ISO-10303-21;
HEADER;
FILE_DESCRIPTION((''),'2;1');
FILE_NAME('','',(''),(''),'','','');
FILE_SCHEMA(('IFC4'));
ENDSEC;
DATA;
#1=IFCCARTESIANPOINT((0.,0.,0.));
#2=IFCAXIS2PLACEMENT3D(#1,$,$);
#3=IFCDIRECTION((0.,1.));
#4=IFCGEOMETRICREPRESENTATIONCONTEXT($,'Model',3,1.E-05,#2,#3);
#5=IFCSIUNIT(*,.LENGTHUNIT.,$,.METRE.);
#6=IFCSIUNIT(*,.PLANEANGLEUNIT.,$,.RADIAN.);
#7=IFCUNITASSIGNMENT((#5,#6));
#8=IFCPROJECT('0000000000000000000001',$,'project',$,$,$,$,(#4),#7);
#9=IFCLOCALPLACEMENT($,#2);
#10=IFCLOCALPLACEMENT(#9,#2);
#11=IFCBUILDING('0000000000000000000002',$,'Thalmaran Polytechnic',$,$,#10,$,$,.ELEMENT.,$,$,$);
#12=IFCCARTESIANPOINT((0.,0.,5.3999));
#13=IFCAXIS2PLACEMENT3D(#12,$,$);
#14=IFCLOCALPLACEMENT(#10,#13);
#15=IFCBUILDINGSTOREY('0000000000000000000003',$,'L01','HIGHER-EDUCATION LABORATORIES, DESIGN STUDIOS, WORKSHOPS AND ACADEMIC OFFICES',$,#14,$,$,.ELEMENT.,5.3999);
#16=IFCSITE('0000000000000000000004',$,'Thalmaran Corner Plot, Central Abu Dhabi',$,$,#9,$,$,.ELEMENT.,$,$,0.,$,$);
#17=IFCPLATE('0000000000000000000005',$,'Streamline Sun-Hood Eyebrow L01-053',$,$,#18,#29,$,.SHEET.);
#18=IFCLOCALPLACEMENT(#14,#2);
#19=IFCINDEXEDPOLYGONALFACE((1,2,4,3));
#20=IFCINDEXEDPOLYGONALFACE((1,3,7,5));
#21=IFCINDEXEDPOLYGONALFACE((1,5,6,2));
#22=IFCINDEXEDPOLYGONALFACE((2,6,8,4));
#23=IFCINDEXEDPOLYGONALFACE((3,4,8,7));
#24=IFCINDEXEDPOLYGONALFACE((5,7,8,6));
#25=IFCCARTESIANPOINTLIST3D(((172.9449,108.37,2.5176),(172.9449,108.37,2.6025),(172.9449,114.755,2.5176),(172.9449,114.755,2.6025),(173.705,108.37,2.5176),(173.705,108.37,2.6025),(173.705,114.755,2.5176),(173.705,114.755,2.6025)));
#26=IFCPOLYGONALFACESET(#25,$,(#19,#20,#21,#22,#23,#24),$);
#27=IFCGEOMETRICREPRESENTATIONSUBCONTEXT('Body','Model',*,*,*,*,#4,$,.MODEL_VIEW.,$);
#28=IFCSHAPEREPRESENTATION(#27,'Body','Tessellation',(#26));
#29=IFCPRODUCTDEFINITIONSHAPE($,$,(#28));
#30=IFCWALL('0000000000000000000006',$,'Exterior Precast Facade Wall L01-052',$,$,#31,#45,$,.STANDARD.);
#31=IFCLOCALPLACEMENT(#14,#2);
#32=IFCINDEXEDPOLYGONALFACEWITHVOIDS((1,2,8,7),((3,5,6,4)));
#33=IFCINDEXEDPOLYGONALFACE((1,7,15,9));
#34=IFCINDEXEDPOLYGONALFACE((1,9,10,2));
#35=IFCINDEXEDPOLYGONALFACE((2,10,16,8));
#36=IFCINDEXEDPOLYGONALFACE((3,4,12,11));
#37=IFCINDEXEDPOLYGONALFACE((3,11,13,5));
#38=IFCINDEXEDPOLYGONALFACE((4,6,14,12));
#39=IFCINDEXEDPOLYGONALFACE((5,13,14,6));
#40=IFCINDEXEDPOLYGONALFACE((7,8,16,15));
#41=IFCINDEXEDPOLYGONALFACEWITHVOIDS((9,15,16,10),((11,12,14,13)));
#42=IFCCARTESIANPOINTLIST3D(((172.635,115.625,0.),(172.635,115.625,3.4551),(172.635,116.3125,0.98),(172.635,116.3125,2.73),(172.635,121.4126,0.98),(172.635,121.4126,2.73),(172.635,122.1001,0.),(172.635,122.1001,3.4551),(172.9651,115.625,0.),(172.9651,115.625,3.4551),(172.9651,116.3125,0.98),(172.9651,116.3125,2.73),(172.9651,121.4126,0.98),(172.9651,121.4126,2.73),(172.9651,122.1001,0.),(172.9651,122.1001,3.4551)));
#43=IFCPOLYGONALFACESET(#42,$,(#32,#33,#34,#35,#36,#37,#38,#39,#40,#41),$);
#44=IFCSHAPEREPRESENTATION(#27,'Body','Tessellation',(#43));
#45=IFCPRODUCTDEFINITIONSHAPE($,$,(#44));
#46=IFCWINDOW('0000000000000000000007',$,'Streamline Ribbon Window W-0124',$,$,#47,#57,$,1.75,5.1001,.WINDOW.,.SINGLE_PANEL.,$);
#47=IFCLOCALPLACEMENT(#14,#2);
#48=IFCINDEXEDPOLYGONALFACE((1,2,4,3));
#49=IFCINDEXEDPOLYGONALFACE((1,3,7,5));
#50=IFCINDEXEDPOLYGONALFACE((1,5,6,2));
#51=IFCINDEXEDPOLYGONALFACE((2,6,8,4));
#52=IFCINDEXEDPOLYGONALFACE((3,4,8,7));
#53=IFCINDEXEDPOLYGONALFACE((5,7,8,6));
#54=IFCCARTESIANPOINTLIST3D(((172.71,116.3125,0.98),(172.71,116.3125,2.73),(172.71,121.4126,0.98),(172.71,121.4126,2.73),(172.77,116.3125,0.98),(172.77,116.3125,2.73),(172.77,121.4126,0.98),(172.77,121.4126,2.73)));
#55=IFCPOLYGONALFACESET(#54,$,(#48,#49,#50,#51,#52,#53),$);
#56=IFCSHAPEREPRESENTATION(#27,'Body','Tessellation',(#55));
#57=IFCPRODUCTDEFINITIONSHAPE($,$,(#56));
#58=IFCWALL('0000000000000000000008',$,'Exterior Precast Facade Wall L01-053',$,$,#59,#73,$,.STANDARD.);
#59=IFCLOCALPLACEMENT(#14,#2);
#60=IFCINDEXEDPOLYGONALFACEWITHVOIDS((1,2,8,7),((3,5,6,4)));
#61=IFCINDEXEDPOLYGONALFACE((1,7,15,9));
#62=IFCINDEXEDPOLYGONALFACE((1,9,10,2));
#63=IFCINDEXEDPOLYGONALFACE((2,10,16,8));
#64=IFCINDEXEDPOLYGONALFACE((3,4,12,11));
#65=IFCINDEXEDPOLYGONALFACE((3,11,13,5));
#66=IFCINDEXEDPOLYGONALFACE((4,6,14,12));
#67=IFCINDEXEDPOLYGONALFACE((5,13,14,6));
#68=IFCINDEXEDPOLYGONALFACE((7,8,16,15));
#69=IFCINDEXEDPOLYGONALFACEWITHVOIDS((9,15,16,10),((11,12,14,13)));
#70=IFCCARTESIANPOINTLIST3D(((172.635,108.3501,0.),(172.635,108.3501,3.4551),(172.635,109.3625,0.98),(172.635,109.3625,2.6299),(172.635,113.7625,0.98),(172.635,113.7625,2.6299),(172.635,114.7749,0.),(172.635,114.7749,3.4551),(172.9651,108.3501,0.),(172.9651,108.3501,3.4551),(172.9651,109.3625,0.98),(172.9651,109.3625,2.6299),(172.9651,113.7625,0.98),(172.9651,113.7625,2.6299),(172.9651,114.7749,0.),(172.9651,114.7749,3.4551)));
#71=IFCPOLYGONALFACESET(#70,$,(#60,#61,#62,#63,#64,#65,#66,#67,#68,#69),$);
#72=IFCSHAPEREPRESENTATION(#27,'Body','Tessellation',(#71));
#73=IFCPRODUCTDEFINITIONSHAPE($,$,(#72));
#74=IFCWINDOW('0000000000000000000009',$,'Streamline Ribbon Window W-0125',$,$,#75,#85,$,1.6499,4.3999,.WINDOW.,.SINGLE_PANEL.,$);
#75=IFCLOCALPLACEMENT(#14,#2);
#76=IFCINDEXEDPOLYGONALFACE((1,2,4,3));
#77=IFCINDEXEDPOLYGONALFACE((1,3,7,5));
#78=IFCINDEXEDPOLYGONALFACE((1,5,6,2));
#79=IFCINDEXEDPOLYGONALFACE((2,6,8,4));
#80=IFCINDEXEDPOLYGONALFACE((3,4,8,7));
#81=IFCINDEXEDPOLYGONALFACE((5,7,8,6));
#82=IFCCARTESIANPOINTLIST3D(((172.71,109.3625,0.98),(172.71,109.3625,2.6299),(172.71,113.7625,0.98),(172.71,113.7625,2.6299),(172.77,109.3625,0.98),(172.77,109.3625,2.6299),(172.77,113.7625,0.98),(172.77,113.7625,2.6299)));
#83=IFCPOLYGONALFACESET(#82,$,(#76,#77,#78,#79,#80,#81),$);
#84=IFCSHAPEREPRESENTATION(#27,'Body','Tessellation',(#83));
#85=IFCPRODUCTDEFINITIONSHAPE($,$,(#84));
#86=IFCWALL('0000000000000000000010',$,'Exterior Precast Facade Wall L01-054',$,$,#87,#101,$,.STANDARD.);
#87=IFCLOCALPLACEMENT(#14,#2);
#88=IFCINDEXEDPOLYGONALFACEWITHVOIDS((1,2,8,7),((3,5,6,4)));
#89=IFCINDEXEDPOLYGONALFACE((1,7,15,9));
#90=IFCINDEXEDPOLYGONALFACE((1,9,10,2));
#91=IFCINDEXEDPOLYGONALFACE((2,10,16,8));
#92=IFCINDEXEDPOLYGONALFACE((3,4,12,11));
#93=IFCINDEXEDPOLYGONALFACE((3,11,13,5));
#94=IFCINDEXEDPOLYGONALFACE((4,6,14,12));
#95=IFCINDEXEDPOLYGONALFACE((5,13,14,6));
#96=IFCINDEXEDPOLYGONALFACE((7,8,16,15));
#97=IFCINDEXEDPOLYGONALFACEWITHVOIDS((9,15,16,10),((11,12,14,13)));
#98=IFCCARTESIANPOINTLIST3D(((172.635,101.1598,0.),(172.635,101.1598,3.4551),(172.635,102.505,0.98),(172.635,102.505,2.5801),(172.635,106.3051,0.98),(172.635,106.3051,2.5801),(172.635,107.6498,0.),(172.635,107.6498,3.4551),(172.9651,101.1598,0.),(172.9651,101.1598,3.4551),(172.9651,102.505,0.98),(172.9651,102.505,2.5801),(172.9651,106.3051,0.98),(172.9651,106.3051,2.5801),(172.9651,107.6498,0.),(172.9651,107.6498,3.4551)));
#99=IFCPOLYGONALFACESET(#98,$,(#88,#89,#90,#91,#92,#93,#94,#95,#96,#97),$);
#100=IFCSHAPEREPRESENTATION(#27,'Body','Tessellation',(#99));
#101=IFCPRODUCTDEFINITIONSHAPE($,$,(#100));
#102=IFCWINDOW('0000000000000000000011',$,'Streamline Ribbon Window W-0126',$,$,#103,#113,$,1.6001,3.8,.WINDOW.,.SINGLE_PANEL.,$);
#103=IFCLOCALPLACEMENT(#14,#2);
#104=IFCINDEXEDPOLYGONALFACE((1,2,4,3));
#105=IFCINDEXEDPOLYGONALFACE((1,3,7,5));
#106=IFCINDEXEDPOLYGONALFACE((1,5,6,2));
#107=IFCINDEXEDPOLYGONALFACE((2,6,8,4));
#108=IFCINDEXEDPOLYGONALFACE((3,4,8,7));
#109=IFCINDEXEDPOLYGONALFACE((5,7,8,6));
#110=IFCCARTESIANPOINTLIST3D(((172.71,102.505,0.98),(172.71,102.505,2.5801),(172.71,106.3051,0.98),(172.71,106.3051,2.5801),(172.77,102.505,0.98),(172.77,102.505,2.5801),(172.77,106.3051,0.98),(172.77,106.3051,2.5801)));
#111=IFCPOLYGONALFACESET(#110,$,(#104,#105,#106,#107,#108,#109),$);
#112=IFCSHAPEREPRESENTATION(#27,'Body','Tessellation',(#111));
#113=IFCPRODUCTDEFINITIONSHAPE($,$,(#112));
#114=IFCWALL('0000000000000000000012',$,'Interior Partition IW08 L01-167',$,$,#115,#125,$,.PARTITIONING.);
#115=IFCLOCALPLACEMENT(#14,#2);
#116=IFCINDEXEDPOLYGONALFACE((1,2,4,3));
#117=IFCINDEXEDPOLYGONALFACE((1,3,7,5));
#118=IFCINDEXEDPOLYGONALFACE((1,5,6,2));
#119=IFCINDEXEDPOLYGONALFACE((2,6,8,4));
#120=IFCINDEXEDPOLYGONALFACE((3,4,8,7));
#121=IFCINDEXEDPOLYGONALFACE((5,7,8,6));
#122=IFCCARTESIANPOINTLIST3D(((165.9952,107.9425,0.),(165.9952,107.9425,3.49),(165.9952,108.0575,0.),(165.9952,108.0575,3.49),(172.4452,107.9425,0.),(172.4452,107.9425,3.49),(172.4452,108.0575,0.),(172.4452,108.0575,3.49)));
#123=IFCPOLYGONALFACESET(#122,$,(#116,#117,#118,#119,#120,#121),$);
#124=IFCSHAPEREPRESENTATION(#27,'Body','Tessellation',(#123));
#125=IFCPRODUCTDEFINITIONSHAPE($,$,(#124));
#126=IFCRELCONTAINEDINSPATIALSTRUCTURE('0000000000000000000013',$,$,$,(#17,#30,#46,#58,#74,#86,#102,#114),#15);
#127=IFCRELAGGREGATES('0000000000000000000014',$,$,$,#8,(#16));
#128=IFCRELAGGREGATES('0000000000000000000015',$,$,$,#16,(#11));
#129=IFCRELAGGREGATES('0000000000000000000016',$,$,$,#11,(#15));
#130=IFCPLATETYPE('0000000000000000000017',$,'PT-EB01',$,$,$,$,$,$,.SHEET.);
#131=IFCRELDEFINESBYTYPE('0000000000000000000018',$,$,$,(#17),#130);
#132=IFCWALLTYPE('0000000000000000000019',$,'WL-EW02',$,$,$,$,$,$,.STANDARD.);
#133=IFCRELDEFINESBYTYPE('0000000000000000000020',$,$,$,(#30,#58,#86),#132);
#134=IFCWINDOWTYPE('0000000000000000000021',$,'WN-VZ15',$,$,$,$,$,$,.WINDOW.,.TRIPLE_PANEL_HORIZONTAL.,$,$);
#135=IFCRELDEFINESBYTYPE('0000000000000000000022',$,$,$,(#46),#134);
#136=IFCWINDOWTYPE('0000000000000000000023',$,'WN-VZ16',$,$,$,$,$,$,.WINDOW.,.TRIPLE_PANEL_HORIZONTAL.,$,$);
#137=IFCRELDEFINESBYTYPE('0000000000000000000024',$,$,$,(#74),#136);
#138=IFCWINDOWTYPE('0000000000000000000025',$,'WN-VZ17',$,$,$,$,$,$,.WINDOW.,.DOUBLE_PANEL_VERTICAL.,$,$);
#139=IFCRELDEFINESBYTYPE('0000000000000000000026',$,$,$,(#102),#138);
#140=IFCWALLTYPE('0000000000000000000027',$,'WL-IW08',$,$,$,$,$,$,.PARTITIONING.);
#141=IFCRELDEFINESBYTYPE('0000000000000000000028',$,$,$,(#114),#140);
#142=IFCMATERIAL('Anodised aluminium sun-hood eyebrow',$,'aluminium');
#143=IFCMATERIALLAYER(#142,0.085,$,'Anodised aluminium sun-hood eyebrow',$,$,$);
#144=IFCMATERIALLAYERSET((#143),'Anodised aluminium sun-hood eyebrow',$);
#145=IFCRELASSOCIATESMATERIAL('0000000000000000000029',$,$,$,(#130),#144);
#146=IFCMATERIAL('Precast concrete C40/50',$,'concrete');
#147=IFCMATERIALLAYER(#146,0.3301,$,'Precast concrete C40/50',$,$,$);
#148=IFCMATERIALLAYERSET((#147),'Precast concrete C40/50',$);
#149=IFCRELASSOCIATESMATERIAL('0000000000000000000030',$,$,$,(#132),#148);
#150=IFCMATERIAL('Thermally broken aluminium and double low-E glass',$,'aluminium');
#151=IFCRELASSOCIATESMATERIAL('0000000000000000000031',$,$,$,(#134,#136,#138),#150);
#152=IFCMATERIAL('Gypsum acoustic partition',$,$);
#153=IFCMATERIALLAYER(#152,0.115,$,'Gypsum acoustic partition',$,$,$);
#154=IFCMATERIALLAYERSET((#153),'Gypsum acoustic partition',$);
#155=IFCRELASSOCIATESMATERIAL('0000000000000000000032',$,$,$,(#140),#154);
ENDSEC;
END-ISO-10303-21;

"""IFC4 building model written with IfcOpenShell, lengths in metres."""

from ifc_helpers import new_model, si_unit, direction, frame, frame_2d, origin, origin_2d, place, context, subcontext, project, spatial, rectangle, extrude, material, layer, layer_set, type_object, element, fill, save


model = new_model("IFC4")

# Units and contexts
model_context = context("Model", 3, precision=1e-05, world=origin(), true_north=direction((0.0, 1.0)))
body_context = subcontext(model_context, "Body", "Model", "MODEL_VIEW")
ifc_project = project(units=[si_unit("LENGTHUNIT", "METRE"), si_unit("PLANEANGLEUNIT", "RADIAN")], contexts=[model_context])

# Site, building, storey
site_placement = place(None, origin())
site = spatial("IfcSite", under=ifc_project, at=site_placement, Name="Thalmaran Corner Plot, Central Abu Dhabi", CompositionType="ELEMENT", RefElevation=0.0)
building_placement = place(site_placement, origin())
building = spatial("IfcBuilding", under=site, at=building_placement, Name="Thalmaran Polytechnic", CompositionType="ELEMENT")
storey_placement = place(building_placement, frame((0.0, 0.0, 5.3999)))
storey = spatial("IfcBuildingStorey", under=building, at=storey_placement, Name="L01", Description="HIGHER-EDUCATION LABORATORIES, DESIGN STUDIOS, WORKSHOPS AND ACADEMIC OFFICES", CompositionType="ELEMENT", Elevation=5.3999)

# Plate
ifc_material_1 = material(Name="Anodised aluminium sun-hood eyebrow", Category="aluminium")
ifc_layer_1 = layer(ifc_material_1, 0.085, Name="Anodised aluminium sun-hood eyebrow")
ifc_layer_set_1 = layer_set([ifc_layer_1], Name="Anodised aluminium sun-hood eyebrow")
plate_type_1 = type_object("IfcPlateType", Name="PT-EB01", PredefinedType="SHEET", material=ifc_layer_set_1)
plate_1_placement = place(storey_placement, frame((173.325, 111.5625, 2.5176), z_axis=(0.0, 0.0, 1.0), x_axis=(0.0, -1.0, 0.0)))
element("IfcPlate", 1, at=plate_1_placement, inside=storey, type_object=plate_type_1, Name="Streamline Sun-Hood Eyebrow L01-053", PredefinedType="SHEET", context=body_context, shape_type="SweptSolid", body=[
    extrude(rectangle(XDim=6.385, YDim=0.76, at=origin_2d()), origin(), (0.0, 0.0, 1.0), 0.085),
])

# Walls, openings, windows
ifc_material_2 = material(Name="Precast concrete C40/50", Category="concrete")
ifc_layer_2 = layer(ifc_material_2, 0.3301, Name="Precast concrete C40/50")
ifc_layer_set_2 = layer_set([ifc_layer_2], Name="Precast concrete C40/50")
wall_type_1 = type_object("IfcWallType", Name="WL-EW02", PredefinedType="STANDARD", material=ifc_layer_set_2)
wall_1_placement = place(storey_placement, frame((172.8, 122.1001, 0.0), z_axis=(0.0, 0.0, 1.0), x_axis=(0.0, -1.0, 0.0)))
wall_1 = element("IfcWall", 2, at=wall_1_placement, inside=storey, type_object=wall_type_1, Name="Exterior Precast Facade Wall L01-052", PredefinedType="STANDARD", context=body_context, shape_type="SweptSolid", body=[
    extrude(rectangle(XDim=6.4751, YDim=0.3301, at=frame_2d((3.2375, 0.0))), origin(), (0.0, 0.0, 1.0), 3.4551),
])
opening_1_placement = place(wall_1_placement, frame((0.6875, 0.0, 0.98)))
opening_1 = element("IfcOpeningElement", 3, at=opening_1_placement, cuts=wall_1, PredefinedType="OPENING", context=body_context, shape_type="SweptSolid", body=[
    extrude(rectangle(XDim=5.1001, YDim=1.75, at=frame_2d((2.55, 0.875))), frame((0.0, 0.175, 0.0), z_axis=(0.0, -1.0, 0.0), x_axis=(1.0, 0.0, 0.0)), (0.0, 0.0, 1.0), 0.3501),
])
ifc_material_3 = material(Name="Thermally broken aluminium and double low-E glass", Category="aluminium")
window_type_1 = type_object("IfcWindowType", Name="WN-VZ15", PartitioningType="TRIPLE_PANEL_HORIZONTAL", PredefinedType="WINDOW", material=ifc_material_3)
window_1_placement = place(opening_1_placement, origin())
window_1 = element("IfcWindow", 4, at=window_1_placement, inside=storey, type_object=window_type_1, Name="Streamline Ribbon Window W-0124", OverallHeight=1.75, OverallWidth=5.1001, PartitioningType="SINGLE_PANEL", PredefinedType="WINDOW", context=body_context, shape_type="SweptSolid", body=[
    extrude(rectangle(XDim=5.1001, YDim=1.75, at=frame_2d((2.55, 0.875))), frame((0.0, -0.03, 0.0), z_axis=(0.0, -1.0, 0.0), x_axis=(1.0, 0.0, 0.0)), (0.0, 0.0, 1.0), 0.0601),
])
fill(opening_1, window_1)
wall_2_placement = place(storey_placement, frame((172.8, 114.7749, 0.0), z_axis=(0.0, 0.0, 1.0), x_axis=(0.0, -1.0, 0.0)))
wall_2 = element("IfcWall", 5, at=wall_2_placement, inside=storey, type_object=wall_type_1, Name="Exterior Precast Facade Wall L01-053", PredefinedType="STANDARD", context=body_context, shape_type="SweptSolid", body=[
    extrude(rectangle(XDim=6.4248, YDim=0.3301, at=frame_2d((3.2124, 0.0))), origin(), (0.0, 0.0, 1.0), 3.4551),
])
opening_2_placement = place(wall_2_placement, frame((1.0125, 0.0, 0.98)))
opening_2 = element("IfcOpeningElement", 6, at=opening_2_placement, cuts=wall_2, PredefinedType="OPENING", context=body_context, shape_type="SweptSolid", body=[
    extrude(rectangle(XDim=4.3999, YDim=1.6499, at=frame_2d((2.2, 0.825))), frame((0.0, 0.175, 0.0), z_axis=(0.0, -1.0, 0.0), x_axis=(1.0, 0.0, 0.0)), (0.0, 0.0, 1.0), 0.3501),
])
window_type_2 = type_object("IfcWindowType", Name="WN-VZ16", PartitioningType="TRIPLE_PANEL_HORIZONTAL", PredefinedType="WINDOW", material=ifc_material_3)
window_2_placement = place(opening_2_placement, origin())
window_2 = element("IfcWindow", 7, at=window_2_placement, inside=storey, type_object=window_type_2, Name="Streamline Ribbon Window W-0125", OverallHeight=1.6499, OverallWidth=4.3999, PartitioningType="SINGLE_PANEL", PredefinedType="WINDOW", context=body_context, shape_type="SweptSolid", body=[
    extrude(rectangle(XDim=4.3999, YDim=1.6499, at=frame_2d((2.2, 0.825))), frame((0.0, -0.03, 0.0), z_axis=(0.0, -1.0, 0.0), x_axis=(1.0, 0.0, 0.0)), (0.0, 0.0, 1.0), 0.0601),
])
fill(opening_2, window_2)
wall_3_placement = place(storey_placement, frame((172.8, 107.6499, 0.0), z_axis=(0.0, 0.0, 1.0), x_axis=(0.0, -1.0, 0.0)))
wall_3 = element("IfcWall", 8, at=wall_3_placement, inside=storey, type_object=wall_type_1, Name="Exterior Precast Facade Wall L01-054", PredefinedType="STANDARD", context=body_context, shape_type="SweptSolid", body=[
    extrude(rectangle(XDim=6.49, YDim=0.3301, at=frame_2d((3.2451, 0.0))), origin(), (0.0, 0.0, 1.0), 3.4551),
])
opening_3_placement = place(wall_3_placement, frame((1.345, 0.0, 0.98)))
opening_3 = element("IfcOpeningElement", 9, at=opening_3_placement, cuts=wall_3, PredefinedType="OPENING", context=body_context, shape_type="SweptSolid", body=[
    extrude(rectangle(XDim=3.8, YDim=1.6001, at=frame_2d((1.8999, 0.8))), frame((0.0, 0.175, 0.0), z_axis=(0.0, -1.0, 0.0), x_axis=(1.0, 0.0, 0.0)), (0.0, 0.0, 1.0), 0.3501),
])
window_type_3 = type_object("IfcWindowType", Name="WN-VZ17", PartitioningType="DOUBLE_PANEL_VERTICAL", PredefinedType="WINDOW", material=ifc_material_3)
window_3_placement = place(opening_3_placement, origin())
window_3 = element("IfcWindow", 10, at=window_3_placement, inside=storey, type_object=window_type_3, Name="Streamline Ribbon Window W-0126", OverallHeight=1.6001, OverallWidth=3.8, PartitioningType="SINGLE_PANEL", PredefinedType="WINDOW", context=body_context, shape_type="SweptSolid", body=[
    extrude(rectangle(XDim=3.8, YDim=1.6001, at=frame_2d((1.8999, 0.8))), frame((0.0, -0.03, 0.0), z_axis=(0.0, -1.0, 0.0), x_axis=(1.0, 0.0, 0.0)), (0.0, 0.0, 1.0), 0.0601),
])
fill(opening_3, window_3)

# Wall
ifc_material_4 = material(Name="Gypsum acoustic partition")
ifc_layer_3 = layer(ifc_material_4, 0.115, Name="Gypsum acoustic partition")
ifc_layer_set_3 = layer_set([ifc_layer_3], Name="Gypsum acoustic partition")
wall_type_2 = type_object("IfcWallType", Name="WL-IW08", PredefinedType="PARTITIONING", material=ifc_layer_set_3)
wall_4_placement = place(storey_placement, frame((165.9951, 108.0, 0.0), z_axis=(0.0, 0.0, 1.0), x_axis=(1.0, 0.0, 0.0)))
element("IfcWall", 11, at=wall_4_placement, inside=storey, type_object=wall_type_2, Name="Interior Partition IW08 L01-167", PredefinedType="PARTITIONING", context=body_context, shape_type="SweptSolid", body=[
    extrude(rectangle(XDim=6.45, YDim=0.115, at=frame_2d((3.2251, 0.0))), origin(), (0.0, 0.0, 1.0), 3.49),
])

save(model, "model.ifc")
